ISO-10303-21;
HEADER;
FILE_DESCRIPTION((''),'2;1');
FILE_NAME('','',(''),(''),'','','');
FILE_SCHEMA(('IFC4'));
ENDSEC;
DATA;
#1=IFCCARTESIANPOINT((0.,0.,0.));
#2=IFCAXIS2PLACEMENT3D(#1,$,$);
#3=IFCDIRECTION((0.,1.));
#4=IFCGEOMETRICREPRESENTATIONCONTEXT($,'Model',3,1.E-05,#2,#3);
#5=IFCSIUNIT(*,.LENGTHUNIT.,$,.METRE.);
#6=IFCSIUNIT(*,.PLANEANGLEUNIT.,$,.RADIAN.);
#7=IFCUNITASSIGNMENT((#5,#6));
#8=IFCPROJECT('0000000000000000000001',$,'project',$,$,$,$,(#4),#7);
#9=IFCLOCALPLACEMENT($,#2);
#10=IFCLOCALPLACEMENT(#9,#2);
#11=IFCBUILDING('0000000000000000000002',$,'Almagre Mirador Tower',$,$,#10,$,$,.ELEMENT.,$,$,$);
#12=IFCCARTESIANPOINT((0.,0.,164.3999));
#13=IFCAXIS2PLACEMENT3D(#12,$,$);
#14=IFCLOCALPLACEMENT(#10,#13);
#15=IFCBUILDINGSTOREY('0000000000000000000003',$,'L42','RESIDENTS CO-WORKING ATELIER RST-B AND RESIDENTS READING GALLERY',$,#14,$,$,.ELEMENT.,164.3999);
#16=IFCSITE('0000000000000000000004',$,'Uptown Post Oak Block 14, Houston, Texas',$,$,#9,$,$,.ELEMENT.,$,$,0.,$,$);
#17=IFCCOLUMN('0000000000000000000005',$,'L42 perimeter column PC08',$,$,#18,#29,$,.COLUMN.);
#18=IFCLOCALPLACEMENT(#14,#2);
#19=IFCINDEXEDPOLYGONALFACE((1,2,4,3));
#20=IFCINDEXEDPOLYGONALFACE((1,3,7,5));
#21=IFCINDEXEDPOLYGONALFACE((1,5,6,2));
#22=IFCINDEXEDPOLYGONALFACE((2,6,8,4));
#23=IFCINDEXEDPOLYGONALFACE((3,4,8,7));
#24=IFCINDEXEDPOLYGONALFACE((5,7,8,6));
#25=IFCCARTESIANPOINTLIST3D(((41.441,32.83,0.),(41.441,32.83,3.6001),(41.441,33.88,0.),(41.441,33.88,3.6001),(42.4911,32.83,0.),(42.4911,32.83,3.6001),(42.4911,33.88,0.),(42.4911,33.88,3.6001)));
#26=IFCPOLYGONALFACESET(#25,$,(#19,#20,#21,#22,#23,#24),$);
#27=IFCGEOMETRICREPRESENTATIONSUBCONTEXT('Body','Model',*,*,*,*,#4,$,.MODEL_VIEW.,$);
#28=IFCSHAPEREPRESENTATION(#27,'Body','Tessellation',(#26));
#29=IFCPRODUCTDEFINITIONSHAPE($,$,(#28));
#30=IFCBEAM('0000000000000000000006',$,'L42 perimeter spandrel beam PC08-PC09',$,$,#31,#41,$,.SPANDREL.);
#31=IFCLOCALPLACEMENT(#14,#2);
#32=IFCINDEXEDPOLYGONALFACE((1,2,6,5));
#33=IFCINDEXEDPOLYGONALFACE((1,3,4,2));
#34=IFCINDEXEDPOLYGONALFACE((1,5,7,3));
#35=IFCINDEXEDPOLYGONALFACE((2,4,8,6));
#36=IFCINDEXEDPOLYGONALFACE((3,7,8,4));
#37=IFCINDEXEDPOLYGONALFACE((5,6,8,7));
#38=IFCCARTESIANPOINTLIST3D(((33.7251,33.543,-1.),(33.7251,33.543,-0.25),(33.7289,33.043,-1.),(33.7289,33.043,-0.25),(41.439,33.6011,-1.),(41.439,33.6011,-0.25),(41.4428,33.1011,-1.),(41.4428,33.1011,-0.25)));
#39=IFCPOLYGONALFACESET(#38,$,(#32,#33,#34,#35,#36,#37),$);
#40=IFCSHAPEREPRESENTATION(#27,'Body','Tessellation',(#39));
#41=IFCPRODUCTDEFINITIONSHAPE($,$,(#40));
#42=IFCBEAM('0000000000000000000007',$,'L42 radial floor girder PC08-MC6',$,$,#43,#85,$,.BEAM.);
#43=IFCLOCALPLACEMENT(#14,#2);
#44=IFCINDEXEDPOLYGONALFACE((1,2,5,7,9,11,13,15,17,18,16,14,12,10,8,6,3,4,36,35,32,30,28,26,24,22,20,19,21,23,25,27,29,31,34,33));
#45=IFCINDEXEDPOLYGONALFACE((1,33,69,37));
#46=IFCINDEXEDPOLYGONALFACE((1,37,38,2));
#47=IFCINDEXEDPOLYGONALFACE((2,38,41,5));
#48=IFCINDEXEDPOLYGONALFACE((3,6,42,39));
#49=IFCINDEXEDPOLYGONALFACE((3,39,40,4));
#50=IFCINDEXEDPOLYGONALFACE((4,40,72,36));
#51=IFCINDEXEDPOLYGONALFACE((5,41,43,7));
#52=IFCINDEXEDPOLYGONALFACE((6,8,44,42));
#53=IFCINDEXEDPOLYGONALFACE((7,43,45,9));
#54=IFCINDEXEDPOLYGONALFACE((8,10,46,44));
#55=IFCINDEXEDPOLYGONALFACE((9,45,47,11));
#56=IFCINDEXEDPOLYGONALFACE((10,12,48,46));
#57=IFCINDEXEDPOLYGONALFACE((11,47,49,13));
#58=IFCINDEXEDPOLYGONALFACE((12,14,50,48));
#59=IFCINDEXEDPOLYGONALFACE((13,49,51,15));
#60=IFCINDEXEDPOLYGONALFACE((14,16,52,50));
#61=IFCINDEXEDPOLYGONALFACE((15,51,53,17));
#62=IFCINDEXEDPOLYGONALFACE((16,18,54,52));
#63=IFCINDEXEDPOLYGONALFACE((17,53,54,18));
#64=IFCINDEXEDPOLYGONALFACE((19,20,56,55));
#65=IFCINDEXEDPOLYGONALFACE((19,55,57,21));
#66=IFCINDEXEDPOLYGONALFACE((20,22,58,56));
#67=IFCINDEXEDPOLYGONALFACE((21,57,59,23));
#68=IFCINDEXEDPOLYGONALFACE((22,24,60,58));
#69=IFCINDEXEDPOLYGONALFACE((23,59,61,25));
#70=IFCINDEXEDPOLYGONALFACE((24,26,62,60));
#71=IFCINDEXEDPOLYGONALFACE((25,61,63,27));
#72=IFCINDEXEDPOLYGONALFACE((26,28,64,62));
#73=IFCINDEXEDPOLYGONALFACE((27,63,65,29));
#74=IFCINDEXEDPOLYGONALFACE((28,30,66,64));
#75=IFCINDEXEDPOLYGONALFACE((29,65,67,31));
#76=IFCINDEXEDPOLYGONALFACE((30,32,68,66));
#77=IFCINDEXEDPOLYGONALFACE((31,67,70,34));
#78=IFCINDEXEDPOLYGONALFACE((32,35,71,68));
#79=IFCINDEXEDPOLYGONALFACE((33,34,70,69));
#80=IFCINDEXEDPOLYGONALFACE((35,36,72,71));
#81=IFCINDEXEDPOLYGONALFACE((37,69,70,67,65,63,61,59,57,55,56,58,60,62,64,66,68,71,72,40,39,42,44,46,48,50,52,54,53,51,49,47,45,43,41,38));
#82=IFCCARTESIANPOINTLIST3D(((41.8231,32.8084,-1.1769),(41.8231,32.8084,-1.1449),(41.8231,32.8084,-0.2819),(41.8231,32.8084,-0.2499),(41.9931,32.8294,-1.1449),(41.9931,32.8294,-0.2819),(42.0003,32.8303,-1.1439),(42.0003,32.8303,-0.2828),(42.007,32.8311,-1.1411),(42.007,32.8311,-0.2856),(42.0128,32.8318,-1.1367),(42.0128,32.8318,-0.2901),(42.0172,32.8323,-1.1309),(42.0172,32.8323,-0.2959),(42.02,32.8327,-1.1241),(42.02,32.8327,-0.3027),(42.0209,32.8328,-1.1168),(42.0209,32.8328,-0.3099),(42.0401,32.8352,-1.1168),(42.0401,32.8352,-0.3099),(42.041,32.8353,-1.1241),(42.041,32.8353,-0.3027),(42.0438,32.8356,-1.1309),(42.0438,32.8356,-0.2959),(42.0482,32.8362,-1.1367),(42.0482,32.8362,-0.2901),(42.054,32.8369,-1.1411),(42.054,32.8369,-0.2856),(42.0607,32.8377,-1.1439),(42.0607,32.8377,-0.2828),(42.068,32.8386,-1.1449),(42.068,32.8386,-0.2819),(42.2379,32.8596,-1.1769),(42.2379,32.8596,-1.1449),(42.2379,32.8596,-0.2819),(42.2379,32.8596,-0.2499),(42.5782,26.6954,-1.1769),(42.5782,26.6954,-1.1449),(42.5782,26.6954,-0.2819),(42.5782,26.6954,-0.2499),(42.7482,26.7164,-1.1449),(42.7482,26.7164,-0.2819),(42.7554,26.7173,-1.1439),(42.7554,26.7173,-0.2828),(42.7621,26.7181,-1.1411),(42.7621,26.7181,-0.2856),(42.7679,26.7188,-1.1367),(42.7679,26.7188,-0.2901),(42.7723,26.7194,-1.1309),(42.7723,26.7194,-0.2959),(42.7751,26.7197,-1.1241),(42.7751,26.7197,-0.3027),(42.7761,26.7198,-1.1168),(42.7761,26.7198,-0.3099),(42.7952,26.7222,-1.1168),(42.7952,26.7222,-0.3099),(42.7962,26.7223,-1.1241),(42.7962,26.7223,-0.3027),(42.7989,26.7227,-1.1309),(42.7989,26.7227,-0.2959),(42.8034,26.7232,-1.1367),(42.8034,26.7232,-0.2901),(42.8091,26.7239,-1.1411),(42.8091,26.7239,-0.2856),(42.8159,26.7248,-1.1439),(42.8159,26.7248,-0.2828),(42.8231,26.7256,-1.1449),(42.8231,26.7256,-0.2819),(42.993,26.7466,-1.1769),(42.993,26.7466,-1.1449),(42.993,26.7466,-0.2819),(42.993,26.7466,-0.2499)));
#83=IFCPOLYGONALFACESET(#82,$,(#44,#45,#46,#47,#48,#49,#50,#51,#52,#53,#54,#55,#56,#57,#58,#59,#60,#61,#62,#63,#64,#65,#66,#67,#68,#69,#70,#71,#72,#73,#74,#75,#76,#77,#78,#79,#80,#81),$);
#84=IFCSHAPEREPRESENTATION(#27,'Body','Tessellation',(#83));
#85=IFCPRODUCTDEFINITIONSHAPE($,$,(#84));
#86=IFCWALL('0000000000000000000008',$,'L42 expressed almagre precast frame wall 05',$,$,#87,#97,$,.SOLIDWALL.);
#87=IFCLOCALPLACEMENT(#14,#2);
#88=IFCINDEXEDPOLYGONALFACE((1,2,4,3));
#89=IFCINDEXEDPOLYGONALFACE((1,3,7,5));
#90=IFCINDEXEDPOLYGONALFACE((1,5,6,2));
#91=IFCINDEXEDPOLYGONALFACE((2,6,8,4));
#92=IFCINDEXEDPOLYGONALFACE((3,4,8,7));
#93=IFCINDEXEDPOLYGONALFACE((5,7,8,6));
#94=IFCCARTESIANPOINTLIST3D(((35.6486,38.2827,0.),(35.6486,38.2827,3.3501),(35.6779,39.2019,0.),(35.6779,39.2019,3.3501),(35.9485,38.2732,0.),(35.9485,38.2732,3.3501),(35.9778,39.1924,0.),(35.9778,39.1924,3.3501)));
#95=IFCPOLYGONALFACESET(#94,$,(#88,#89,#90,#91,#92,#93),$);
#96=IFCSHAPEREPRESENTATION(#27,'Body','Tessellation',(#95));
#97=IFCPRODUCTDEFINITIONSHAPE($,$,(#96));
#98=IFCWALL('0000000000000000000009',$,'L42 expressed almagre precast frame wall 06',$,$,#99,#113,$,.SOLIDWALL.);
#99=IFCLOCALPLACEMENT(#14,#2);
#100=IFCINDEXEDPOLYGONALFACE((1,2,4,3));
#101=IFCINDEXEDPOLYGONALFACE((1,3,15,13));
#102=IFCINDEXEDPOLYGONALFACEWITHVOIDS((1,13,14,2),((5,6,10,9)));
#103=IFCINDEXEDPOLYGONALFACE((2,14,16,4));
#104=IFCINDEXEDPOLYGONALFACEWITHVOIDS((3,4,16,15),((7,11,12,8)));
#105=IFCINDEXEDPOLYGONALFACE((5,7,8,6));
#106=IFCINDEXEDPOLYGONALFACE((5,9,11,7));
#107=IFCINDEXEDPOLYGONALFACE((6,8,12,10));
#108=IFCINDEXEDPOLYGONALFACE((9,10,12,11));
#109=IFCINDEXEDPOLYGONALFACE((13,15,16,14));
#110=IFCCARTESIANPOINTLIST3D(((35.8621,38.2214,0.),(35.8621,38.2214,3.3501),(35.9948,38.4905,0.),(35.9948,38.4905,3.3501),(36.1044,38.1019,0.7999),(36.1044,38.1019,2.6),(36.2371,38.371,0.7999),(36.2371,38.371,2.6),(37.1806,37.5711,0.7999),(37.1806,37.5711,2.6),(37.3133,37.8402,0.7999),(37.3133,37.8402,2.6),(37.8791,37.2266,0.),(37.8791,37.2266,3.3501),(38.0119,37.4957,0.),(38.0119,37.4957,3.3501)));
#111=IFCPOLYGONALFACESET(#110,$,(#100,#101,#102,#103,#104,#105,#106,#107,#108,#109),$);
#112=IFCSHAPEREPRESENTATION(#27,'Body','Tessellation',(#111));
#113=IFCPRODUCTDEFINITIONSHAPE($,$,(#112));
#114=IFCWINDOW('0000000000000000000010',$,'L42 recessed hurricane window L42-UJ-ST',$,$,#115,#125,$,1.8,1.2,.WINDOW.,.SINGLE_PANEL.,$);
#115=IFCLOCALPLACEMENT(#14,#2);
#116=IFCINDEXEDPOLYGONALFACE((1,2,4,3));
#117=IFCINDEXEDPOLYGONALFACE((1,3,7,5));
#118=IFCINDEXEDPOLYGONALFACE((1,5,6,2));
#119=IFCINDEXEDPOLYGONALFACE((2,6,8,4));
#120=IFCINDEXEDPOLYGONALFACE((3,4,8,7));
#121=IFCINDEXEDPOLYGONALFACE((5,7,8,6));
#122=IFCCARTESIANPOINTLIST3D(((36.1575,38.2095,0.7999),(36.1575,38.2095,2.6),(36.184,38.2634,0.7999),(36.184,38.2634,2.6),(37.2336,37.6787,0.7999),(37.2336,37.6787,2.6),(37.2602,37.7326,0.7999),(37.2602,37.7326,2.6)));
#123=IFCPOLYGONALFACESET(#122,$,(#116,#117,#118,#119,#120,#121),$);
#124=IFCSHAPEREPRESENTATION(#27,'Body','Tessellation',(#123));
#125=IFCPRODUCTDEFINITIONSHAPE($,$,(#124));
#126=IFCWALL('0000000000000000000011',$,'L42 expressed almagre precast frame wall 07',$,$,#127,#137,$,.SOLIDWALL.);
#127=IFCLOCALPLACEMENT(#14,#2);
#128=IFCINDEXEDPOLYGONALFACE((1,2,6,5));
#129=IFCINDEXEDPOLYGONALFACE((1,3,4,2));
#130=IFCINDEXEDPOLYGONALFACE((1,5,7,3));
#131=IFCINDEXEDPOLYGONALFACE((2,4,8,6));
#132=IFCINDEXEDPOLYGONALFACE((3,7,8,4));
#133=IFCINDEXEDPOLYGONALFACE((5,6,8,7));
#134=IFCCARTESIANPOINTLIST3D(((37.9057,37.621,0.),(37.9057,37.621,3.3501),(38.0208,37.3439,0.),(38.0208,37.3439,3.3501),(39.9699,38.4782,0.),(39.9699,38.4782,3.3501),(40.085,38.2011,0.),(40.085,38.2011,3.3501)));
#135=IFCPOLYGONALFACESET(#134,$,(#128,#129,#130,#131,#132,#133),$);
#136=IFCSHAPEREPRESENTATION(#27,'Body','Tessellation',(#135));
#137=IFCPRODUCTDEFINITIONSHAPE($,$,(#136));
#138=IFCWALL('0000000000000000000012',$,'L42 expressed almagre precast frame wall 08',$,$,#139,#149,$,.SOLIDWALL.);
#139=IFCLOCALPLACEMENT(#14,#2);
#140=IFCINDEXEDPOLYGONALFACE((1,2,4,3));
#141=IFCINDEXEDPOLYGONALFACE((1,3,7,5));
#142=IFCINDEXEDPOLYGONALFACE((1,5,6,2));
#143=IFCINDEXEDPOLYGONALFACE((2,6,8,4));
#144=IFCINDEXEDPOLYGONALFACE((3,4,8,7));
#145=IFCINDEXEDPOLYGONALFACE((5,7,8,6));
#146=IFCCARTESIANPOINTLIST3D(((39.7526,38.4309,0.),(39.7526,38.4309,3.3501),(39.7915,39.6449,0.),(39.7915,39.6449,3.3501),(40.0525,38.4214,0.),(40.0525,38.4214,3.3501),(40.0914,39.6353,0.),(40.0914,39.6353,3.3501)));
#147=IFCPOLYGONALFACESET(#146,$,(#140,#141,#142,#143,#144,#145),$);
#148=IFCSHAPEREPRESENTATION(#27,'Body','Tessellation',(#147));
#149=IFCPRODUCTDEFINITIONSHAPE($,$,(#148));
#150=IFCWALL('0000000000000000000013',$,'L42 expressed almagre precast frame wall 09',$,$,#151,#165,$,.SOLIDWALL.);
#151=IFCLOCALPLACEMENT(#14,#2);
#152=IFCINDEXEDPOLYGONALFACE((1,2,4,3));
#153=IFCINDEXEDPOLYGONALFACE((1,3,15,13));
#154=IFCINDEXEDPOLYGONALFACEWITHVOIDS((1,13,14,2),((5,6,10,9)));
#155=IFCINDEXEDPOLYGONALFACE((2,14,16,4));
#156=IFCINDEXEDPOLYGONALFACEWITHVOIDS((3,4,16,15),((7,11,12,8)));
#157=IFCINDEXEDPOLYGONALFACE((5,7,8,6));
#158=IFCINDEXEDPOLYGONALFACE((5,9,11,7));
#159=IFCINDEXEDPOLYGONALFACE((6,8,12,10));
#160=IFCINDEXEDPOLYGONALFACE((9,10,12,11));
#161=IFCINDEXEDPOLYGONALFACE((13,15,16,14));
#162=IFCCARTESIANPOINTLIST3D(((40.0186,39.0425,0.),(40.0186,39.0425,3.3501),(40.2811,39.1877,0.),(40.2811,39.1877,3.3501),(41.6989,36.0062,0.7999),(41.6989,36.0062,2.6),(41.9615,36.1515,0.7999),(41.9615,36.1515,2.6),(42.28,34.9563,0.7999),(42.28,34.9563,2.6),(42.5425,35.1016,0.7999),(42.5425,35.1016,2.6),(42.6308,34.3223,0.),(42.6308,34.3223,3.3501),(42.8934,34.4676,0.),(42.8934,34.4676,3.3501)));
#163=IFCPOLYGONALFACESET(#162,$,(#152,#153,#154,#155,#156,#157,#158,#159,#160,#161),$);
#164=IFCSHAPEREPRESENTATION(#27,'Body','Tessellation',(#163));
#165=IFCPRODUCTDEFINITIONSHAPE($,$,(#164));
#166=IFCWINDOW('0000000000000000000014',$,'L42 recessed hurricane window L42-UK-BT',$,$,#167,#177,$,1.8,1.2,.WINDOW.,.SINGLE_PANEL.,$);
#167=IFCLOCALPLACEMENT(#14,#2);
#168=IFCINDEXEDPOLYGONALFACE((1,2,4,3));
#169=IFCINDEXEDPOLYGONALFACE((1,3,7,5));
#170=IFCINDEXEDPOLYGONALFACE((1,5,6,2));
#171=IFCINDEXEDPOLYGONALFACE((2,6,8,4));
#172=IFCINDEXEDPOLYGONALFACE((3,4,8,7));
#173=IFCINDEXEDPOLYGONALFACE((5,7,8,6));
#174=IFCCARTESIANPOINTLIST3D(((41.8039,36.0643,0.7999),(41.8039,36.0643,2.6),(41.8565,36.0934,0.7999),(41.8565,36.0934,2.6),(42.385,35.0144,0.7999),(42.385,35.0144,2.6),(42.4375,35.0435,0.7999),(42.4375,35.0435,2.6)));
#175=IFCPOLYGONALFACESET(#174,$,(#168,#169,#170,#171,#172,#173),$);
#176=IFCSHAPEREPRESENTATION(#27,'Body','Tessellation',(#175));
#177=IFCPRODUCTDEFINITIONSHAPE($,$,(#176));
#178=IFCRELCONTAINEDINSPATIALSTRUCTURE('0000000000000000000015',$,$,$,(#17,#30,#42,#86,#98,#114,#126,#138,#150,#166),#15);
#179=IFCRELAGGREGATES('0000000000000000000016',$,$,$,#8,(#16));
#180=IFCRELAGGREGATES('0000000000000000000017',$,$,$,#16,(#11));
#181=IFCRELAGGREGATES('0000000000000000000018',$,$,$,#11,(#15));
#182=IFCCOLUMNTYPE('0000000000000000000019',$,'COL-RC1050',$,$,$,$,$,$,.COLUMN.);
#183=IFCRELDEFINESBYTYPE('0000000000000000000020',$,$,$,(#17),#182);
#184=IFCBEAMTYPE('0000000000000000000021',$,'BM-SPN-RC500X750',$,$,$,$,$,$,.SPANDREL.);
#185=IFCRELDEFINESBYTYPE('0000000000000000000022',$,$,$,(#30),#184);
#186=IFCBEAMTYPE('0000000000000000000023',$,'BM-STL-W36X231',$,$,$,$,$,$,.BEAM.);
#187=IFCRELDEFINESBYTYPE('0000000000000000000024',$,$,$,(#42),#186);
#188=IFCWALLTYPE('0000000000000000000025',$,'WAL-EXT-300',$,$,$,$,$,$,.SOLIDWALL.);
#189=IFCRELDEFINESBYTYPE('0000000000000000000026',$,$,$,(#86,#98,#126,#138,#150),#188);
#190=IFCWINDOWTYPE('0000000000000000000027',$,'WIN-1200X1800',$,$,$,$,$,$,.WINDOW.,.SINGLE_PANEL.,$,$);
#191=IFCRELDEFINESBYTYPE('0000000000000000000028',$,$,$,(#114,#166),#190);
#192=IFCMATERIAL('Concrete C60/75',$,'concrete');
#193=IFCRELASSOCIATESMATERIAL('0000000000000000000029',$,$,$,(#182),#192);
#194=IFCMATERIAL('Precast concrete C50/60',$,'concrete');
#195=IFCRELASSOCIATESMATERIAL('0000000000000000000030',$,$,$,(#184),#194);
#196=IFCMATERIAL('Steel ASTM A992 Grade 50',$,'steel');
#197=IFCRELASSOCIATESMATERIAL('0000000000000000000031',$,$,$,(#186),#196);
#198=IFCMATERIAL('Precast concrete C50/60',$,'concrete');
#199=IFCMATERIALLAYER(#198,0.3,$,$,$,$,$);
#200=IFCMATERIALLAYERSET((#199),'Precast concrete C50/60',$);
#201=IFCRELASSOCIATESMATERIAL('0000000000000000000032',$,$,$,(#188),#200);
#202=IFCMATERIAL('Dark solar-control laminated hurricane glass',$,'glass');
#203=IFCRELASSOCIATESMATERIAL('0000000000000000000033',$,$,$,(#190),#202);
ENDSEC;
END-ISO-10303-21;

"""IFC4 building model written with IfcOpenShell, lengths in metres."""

from ifc_helpers import new_model, si_unit, direction, frame, frame_2d, origin, origin_2d, place, context, subcontext, project, spatial, rectangle, i_section, extrude, material, layer, layer_set, material_profile, profile_set, type_object, element, fill, save


model = new_model("IFC4")

# Units and contexts
model_context = context("Model", 3, precision=1e-05, world=origin(), true_north=direction((0.0, 1.0)))
body_context = subcontext(model_context, "Body", "Model", "MODEL_VIEW")
ifc_project = project(units=[si_unit("LENGTHUNIT", "METRE"), si_unit("PLANEANGLEUNIT", "RADIAN")], contexts=[model_context])

# Site, building, storey
site_placement = place(None, origin())
site = spatial("IfcSite", under=ifc_project, at=site_placement, Name="Uptown Post Oak Block 14, Houston, Texas", CompositionType="ELEMENT", RefElevation=0.0)
building_placement = place(site_placement, origin())
building = spatial("IfcBuilding", under=site, at=building_placement, Name="Almagre Mirador Tower", CompositionType="ELEMENT")
storey_placement = place(building_placement, frame((0.0, 0.0, 164.3999)))
storey = spatial("IfcBuildingStorey", under=building, at=storey_placement, Name="L42", Description="RESIDENTS CO-WORKING ATELIER RST-B AND RESIDENTS READING GALLERY", CompositionType="ELEMENT", Elevation=164.3999)

# Column
ifc_material_1 = material(Name="Concrete C60/75", Category="concrete")
ifc_material_profile_1 = material_profile(ifc_material_1, rectangle(XDim=1.05, YDim=1.05, at=origin_2d()), Name="RC1050X1050")
ifc_profile_set_1 = profile_set([ifc_material_profile_1], Name="Concrete C60/75")
column_type = type_object("IfcColumnType", Name="COL-RC1050", PredefinedType="COLUMN", material=ifc_profile_set_1)
column_placement = place(storey_placement, frame((41.9661, 33.355, 0.0), z_axis=(0.0, 0.0, 1.0), x_axis=(1.0, 0.0, 0.0)))
element("IfcColumn", 1, at=column_placement, inside=storey, type_object=column_type, Name="L42 perimeter column PC08", PredefinedType="COLUMN", context=body_context, shape_type="SweptSolid", body=[
    extrude(rectangle(XDim=1.05, YDim=1.05, at=origin_2d()), origin(), (0.0, 0.0, 1.0), 3.6001),
])

# Beams
ifc_material_2 = material(Name="Precast concrete C50/60", Category="concrete")
ifc_material_profile_2 = material_profile(ifc_material_2, rectangle(XDim=0.5, YDim=0.75, at=origin_2d()), Name="RC500X750")
ifc_profile_set_2 = profile_set([ifc_material_profile_2], Name="Precast concrete C50/60")
beam_type_1 = type_object("IfcBeamType", Name="BM-SPN-RC500X750", PredefinedType="SPANDREL", material=ifc_profile_set_2)
beam_1_placement = place(storey_placement, frame((41.4409, 33.3511, -0.625), z_axis=(-0.999972, -0.007532, 0.0), x_axis=(0.007532, -0.999972, 0.0)))
element("IfcBeam", 2, at=beam_1_placement, inside=storey, type_object=beam_type_1, Name="L42 perimeter spandrel beam PC08-PC09", PredefinedType="SPANDREL", context=body_context, shape_type="SweptSolid", body=[
    extrude(rectangle(XDim=0.5, YDim=0.75, at=origin_2d()), origin(), (0.0, 0.0, 1.0), 7.7141),
])
ifc_material_3 = material(Name="Steel ASTM A992 Grade 50", Category="steel")
ifc_material_profile_3 = material_profile(ifc_material_3, i_section(OverallWidth=0.418, OverallDepth=0.927, WebThickness=0.0193, FlangeThickness=0.032, FilletRadius=0.0281, at=origin_2d()), Name="W36X231")
ifc_profile_set_3 = profile_set([ifc_material_profile_3], Name="Steel ASTM A992 Grade 50")
beam_type_2 = type_object("IfcBeamType", Name="BM-STL-W36X231", PredefinedType="BEAM", material=ifc_profile_set_3)
beam_2_placement = place(storey_placement, frame((42.0305, 32.834, -0.7134), z_axis=(0.122595, -0.992457, 0.0), x_axis=(0.992457, 0.122595, 0.0)))
element("IfcBeam", 3, at=beam_2_placement, inside=storey, type_object=beam_type_2, Name="L42 radial floor girder PC08-MC6", PredefinedType="BEAM", context=body_context, shape_type="SweptSolid", body=[
    extrude(i_section(OverallWidth=0.418, OverallDepth=0.927, WebThickness=0.0193, FlangeThickness=0.032, FilletRadius=0.0281, at=origin_2d()), origin(), (0.0, 0.0, 1.0), 6.1594),
])

# Wall
ifc_material_4 = material(Name="Precast concrete C50/60", Category="concrete")
ifc_layer_1 = layer(ifc_material_4, 0.3)
ifc_layer_set_1 = layer_set([ifc_layer_1], Name="Precast concrete C50/60")
wall_type_1 = type_object("IfcWallType", Name="WAL-EXT-300", PredefinedType="SOLIDWALL", material=ifc_layer_set_1)
wall_1_placement = place(storey_placement, frame((35.8279, 39.1973, 0.0), z_axis=(0.0, 0.0, 1.0), x_axis=(-0.031856, -0.999492, 0.0)))
element("IfcWall", 4, at=wall_1_placement, inside=storey, type_object=wall_type_1, Name="L42 expressed almagre precast frame wall 05", PredefinedType="SOLIDWALL", context=body_context, shape_type="SweptSolid", body=[
    extrude(rectangle(XDim=0.9197, YDim=0.3, at=frame_2d((0.46, 0.0))), origin(), (0.0, 0.0, 1.0), 3.3501),
])

# Wall, opening, window
wall_2_placement = place(storey_placement, frame((35.9285, 38.356, 0.0), z_axis=(0.0, 0.0, 1.0), x_axis=(0.896846, -0.442344, 0.0)))
wall_2 = element("IfcWall", 5, at=wall_2_placement, inside=storey, type_object=wall_type_1, Name="L42 expressed almagre precast frame wall 06", PredefinedType="SOLIDWALL", context=body_context, shape_type="SweptSolid", body=[
    extrude(rectangle(XDim=2.249, YDim=0.3, at=frame_2d((1.1245, 0.0))), origin(), (0.0, 0.0, 1.0), 3.3501),
])
opening_1_placement = place(wall_2_placement, frame((0.27, 0.0, 0.8)))
opening_1 = element("IfcOpeningElement", 6, at=opening_1_placement, cuts=wall_2, PredefinedType="OPENING", context=body_context, shape_type="SweptSolid", body=[
    extrude(rectangle(XDim=1.2, YDim=1.8, at=frame_2d((0.6001, 0.8999))), frame((0.0, 0.1599, 0.0), z_axis=(0.0, -1.0, 0.0), x_axis=(1.0, 0.0, 0.0)), (0.0, 0.0, 1.0), 0.32),
])
ifc_material_5 = material(Name="Dark solar-control laminated hurricane glass", Category="glass")
window_type_1 = type_object("IfcWindowType", Name="WIN-1200X1800", PartitioningType="SINGLE_PANEL", PredefinedType="WINDOW", material=ifc_material_5)
window_1_placement = place(opening_1_placement, origin())
window_1 = element("IfcWindow", 7, at=window_1_placement, inside=storey, type_object=window_type_1, Name="L42 recessed hurricane window L42-UJ-ST", OverallHeight=1.8, OverallWidth=1.2, PartitioningType="SINGLE_PANEL", PredefinedType="WINDOW", context=body_context, shape_type="SweptSolid", body=[
    extrude(rectangle(XDim=1.2, YDim=1.8, at=frame_2d((0.6001, 0.8999))), frame((0.0, 0.03, 0.0), z_axis=(0.0, -1.0, 0.0), x_axis=(1.0, 0.0, 0.0)), (0.0, 0.0, 1.0), 0.0601),
])
fill(opening_1, window_1)

# Walls
wall_3_placement = place(storey_placement, frame((37.9631, 37.4824, 0.0), z_axis=(0.0, 0.0, 1.0), x_axis=(0.923538, 0.383506, 0.0)))
element("IfcWall", 8, at=wall_3_placement, inside=storey, type_object=wall_type_1, Name="L42 expressed almagre precast frame wall 07", PredefinedType="SOLIDWALL", context=body_context, shape_type="SweptSolid", body=[
    extrude(rectangle(XDim=2.2351, YDim=0.3, at=frame_2d((1.1177, 0.0))), origin(), (0.0, 0.0, 1.0), 3.3501),
])
wall_4_placement = place(storey_placement, frame((39.9026, 38.426, 0.0), z_axis=(0.0, 0.0, 1.0), x_axis=(0.031963, 0.999489, 0.0)))
element("IfcWall", 9, at=wall_4_placement, inside=storey, type_object=wall_type_1, Name="L42 expressed almagre precast frame wall 08", PredefinedType="SOLIDWALL", context=body_context, shape_type="SweptSolid", body=[
    extrude(rectangle(XDim=1.2146, YDim=0.3, at=frame_2d((0.6074, 0.0))), origin(), (0.0, 0.0, 1.0), 3.3501),
])

# Wall, opening, window
wall_5_placement = place(storey_placement, frame((40.1499, 39.115, 0.0), z_axis=(0.0, 0.0, 1.0), x_axis=(0.484221, -0.874946, 0.0)))
wall_5 = element("IfcWall", 10, at=wall_5_placement, inside=storey, type_object=wall_type_1, Name="L42 expressed almagre precast frame wall 09", PredefinedType="SOLIDWALL", context=body_context, shape_type="SweptSolid", body=[
    extrude(rectangle(XDim=5.3948, YDim=0.3, at=frame_2d((2.6973, 0.0))), origin(), (0.0, 0.0, 1.0), 3.3501),
])
opening_2_placement = place(wall_5_placement, frame((3.47, 0.0, 0.8)))
opening_2 = element("IfcOpeningElement", 11, at=opening_2_placement, cuts=wall_5, PredefinedType="OPENING", context=body_context, shape_type="SweptSolid", body=[
    extrude(rectangle(XDim=1.2, YDim=1.8, at=frame_2d((0.6001, 0.8999))), frame((0.0, 0.1599, 0.0), z_axis=(0.0, -1.0, 0.0), x_axis=(1.0, 0.0, 0.0)), (0.0, 0.0, 1.0), 0.32),
])
window_2_placement = place(opening_2_placement, origin())
window_2 = element("IfcWindow", 12, at=window_2_placement, inside=storey, type_object=window_type_1, Name="L42 recessed hurricane window L42-UK-BT", OverallHeight=1.8, OverallWidth=1.2, PartitioningType="SINGLE_PANEL", PredefinedType="WINDOW", context=body_context, shape_type="SweptSolid", body=[
    extrude(rectangle(XDim=1.2, YDim=1.8, at=frame_2d((0.6001, 0.8999))), frame((0.0, 0.03, 0.0), z_axis=(0.0, -1.0, 0.0), x_axis=(1.0, 0.0, 0.0)), (0.0, 0.0, 1.0), 0.0601),
])
fill(opening_2, window_2)

save(model, "model.ifc")
